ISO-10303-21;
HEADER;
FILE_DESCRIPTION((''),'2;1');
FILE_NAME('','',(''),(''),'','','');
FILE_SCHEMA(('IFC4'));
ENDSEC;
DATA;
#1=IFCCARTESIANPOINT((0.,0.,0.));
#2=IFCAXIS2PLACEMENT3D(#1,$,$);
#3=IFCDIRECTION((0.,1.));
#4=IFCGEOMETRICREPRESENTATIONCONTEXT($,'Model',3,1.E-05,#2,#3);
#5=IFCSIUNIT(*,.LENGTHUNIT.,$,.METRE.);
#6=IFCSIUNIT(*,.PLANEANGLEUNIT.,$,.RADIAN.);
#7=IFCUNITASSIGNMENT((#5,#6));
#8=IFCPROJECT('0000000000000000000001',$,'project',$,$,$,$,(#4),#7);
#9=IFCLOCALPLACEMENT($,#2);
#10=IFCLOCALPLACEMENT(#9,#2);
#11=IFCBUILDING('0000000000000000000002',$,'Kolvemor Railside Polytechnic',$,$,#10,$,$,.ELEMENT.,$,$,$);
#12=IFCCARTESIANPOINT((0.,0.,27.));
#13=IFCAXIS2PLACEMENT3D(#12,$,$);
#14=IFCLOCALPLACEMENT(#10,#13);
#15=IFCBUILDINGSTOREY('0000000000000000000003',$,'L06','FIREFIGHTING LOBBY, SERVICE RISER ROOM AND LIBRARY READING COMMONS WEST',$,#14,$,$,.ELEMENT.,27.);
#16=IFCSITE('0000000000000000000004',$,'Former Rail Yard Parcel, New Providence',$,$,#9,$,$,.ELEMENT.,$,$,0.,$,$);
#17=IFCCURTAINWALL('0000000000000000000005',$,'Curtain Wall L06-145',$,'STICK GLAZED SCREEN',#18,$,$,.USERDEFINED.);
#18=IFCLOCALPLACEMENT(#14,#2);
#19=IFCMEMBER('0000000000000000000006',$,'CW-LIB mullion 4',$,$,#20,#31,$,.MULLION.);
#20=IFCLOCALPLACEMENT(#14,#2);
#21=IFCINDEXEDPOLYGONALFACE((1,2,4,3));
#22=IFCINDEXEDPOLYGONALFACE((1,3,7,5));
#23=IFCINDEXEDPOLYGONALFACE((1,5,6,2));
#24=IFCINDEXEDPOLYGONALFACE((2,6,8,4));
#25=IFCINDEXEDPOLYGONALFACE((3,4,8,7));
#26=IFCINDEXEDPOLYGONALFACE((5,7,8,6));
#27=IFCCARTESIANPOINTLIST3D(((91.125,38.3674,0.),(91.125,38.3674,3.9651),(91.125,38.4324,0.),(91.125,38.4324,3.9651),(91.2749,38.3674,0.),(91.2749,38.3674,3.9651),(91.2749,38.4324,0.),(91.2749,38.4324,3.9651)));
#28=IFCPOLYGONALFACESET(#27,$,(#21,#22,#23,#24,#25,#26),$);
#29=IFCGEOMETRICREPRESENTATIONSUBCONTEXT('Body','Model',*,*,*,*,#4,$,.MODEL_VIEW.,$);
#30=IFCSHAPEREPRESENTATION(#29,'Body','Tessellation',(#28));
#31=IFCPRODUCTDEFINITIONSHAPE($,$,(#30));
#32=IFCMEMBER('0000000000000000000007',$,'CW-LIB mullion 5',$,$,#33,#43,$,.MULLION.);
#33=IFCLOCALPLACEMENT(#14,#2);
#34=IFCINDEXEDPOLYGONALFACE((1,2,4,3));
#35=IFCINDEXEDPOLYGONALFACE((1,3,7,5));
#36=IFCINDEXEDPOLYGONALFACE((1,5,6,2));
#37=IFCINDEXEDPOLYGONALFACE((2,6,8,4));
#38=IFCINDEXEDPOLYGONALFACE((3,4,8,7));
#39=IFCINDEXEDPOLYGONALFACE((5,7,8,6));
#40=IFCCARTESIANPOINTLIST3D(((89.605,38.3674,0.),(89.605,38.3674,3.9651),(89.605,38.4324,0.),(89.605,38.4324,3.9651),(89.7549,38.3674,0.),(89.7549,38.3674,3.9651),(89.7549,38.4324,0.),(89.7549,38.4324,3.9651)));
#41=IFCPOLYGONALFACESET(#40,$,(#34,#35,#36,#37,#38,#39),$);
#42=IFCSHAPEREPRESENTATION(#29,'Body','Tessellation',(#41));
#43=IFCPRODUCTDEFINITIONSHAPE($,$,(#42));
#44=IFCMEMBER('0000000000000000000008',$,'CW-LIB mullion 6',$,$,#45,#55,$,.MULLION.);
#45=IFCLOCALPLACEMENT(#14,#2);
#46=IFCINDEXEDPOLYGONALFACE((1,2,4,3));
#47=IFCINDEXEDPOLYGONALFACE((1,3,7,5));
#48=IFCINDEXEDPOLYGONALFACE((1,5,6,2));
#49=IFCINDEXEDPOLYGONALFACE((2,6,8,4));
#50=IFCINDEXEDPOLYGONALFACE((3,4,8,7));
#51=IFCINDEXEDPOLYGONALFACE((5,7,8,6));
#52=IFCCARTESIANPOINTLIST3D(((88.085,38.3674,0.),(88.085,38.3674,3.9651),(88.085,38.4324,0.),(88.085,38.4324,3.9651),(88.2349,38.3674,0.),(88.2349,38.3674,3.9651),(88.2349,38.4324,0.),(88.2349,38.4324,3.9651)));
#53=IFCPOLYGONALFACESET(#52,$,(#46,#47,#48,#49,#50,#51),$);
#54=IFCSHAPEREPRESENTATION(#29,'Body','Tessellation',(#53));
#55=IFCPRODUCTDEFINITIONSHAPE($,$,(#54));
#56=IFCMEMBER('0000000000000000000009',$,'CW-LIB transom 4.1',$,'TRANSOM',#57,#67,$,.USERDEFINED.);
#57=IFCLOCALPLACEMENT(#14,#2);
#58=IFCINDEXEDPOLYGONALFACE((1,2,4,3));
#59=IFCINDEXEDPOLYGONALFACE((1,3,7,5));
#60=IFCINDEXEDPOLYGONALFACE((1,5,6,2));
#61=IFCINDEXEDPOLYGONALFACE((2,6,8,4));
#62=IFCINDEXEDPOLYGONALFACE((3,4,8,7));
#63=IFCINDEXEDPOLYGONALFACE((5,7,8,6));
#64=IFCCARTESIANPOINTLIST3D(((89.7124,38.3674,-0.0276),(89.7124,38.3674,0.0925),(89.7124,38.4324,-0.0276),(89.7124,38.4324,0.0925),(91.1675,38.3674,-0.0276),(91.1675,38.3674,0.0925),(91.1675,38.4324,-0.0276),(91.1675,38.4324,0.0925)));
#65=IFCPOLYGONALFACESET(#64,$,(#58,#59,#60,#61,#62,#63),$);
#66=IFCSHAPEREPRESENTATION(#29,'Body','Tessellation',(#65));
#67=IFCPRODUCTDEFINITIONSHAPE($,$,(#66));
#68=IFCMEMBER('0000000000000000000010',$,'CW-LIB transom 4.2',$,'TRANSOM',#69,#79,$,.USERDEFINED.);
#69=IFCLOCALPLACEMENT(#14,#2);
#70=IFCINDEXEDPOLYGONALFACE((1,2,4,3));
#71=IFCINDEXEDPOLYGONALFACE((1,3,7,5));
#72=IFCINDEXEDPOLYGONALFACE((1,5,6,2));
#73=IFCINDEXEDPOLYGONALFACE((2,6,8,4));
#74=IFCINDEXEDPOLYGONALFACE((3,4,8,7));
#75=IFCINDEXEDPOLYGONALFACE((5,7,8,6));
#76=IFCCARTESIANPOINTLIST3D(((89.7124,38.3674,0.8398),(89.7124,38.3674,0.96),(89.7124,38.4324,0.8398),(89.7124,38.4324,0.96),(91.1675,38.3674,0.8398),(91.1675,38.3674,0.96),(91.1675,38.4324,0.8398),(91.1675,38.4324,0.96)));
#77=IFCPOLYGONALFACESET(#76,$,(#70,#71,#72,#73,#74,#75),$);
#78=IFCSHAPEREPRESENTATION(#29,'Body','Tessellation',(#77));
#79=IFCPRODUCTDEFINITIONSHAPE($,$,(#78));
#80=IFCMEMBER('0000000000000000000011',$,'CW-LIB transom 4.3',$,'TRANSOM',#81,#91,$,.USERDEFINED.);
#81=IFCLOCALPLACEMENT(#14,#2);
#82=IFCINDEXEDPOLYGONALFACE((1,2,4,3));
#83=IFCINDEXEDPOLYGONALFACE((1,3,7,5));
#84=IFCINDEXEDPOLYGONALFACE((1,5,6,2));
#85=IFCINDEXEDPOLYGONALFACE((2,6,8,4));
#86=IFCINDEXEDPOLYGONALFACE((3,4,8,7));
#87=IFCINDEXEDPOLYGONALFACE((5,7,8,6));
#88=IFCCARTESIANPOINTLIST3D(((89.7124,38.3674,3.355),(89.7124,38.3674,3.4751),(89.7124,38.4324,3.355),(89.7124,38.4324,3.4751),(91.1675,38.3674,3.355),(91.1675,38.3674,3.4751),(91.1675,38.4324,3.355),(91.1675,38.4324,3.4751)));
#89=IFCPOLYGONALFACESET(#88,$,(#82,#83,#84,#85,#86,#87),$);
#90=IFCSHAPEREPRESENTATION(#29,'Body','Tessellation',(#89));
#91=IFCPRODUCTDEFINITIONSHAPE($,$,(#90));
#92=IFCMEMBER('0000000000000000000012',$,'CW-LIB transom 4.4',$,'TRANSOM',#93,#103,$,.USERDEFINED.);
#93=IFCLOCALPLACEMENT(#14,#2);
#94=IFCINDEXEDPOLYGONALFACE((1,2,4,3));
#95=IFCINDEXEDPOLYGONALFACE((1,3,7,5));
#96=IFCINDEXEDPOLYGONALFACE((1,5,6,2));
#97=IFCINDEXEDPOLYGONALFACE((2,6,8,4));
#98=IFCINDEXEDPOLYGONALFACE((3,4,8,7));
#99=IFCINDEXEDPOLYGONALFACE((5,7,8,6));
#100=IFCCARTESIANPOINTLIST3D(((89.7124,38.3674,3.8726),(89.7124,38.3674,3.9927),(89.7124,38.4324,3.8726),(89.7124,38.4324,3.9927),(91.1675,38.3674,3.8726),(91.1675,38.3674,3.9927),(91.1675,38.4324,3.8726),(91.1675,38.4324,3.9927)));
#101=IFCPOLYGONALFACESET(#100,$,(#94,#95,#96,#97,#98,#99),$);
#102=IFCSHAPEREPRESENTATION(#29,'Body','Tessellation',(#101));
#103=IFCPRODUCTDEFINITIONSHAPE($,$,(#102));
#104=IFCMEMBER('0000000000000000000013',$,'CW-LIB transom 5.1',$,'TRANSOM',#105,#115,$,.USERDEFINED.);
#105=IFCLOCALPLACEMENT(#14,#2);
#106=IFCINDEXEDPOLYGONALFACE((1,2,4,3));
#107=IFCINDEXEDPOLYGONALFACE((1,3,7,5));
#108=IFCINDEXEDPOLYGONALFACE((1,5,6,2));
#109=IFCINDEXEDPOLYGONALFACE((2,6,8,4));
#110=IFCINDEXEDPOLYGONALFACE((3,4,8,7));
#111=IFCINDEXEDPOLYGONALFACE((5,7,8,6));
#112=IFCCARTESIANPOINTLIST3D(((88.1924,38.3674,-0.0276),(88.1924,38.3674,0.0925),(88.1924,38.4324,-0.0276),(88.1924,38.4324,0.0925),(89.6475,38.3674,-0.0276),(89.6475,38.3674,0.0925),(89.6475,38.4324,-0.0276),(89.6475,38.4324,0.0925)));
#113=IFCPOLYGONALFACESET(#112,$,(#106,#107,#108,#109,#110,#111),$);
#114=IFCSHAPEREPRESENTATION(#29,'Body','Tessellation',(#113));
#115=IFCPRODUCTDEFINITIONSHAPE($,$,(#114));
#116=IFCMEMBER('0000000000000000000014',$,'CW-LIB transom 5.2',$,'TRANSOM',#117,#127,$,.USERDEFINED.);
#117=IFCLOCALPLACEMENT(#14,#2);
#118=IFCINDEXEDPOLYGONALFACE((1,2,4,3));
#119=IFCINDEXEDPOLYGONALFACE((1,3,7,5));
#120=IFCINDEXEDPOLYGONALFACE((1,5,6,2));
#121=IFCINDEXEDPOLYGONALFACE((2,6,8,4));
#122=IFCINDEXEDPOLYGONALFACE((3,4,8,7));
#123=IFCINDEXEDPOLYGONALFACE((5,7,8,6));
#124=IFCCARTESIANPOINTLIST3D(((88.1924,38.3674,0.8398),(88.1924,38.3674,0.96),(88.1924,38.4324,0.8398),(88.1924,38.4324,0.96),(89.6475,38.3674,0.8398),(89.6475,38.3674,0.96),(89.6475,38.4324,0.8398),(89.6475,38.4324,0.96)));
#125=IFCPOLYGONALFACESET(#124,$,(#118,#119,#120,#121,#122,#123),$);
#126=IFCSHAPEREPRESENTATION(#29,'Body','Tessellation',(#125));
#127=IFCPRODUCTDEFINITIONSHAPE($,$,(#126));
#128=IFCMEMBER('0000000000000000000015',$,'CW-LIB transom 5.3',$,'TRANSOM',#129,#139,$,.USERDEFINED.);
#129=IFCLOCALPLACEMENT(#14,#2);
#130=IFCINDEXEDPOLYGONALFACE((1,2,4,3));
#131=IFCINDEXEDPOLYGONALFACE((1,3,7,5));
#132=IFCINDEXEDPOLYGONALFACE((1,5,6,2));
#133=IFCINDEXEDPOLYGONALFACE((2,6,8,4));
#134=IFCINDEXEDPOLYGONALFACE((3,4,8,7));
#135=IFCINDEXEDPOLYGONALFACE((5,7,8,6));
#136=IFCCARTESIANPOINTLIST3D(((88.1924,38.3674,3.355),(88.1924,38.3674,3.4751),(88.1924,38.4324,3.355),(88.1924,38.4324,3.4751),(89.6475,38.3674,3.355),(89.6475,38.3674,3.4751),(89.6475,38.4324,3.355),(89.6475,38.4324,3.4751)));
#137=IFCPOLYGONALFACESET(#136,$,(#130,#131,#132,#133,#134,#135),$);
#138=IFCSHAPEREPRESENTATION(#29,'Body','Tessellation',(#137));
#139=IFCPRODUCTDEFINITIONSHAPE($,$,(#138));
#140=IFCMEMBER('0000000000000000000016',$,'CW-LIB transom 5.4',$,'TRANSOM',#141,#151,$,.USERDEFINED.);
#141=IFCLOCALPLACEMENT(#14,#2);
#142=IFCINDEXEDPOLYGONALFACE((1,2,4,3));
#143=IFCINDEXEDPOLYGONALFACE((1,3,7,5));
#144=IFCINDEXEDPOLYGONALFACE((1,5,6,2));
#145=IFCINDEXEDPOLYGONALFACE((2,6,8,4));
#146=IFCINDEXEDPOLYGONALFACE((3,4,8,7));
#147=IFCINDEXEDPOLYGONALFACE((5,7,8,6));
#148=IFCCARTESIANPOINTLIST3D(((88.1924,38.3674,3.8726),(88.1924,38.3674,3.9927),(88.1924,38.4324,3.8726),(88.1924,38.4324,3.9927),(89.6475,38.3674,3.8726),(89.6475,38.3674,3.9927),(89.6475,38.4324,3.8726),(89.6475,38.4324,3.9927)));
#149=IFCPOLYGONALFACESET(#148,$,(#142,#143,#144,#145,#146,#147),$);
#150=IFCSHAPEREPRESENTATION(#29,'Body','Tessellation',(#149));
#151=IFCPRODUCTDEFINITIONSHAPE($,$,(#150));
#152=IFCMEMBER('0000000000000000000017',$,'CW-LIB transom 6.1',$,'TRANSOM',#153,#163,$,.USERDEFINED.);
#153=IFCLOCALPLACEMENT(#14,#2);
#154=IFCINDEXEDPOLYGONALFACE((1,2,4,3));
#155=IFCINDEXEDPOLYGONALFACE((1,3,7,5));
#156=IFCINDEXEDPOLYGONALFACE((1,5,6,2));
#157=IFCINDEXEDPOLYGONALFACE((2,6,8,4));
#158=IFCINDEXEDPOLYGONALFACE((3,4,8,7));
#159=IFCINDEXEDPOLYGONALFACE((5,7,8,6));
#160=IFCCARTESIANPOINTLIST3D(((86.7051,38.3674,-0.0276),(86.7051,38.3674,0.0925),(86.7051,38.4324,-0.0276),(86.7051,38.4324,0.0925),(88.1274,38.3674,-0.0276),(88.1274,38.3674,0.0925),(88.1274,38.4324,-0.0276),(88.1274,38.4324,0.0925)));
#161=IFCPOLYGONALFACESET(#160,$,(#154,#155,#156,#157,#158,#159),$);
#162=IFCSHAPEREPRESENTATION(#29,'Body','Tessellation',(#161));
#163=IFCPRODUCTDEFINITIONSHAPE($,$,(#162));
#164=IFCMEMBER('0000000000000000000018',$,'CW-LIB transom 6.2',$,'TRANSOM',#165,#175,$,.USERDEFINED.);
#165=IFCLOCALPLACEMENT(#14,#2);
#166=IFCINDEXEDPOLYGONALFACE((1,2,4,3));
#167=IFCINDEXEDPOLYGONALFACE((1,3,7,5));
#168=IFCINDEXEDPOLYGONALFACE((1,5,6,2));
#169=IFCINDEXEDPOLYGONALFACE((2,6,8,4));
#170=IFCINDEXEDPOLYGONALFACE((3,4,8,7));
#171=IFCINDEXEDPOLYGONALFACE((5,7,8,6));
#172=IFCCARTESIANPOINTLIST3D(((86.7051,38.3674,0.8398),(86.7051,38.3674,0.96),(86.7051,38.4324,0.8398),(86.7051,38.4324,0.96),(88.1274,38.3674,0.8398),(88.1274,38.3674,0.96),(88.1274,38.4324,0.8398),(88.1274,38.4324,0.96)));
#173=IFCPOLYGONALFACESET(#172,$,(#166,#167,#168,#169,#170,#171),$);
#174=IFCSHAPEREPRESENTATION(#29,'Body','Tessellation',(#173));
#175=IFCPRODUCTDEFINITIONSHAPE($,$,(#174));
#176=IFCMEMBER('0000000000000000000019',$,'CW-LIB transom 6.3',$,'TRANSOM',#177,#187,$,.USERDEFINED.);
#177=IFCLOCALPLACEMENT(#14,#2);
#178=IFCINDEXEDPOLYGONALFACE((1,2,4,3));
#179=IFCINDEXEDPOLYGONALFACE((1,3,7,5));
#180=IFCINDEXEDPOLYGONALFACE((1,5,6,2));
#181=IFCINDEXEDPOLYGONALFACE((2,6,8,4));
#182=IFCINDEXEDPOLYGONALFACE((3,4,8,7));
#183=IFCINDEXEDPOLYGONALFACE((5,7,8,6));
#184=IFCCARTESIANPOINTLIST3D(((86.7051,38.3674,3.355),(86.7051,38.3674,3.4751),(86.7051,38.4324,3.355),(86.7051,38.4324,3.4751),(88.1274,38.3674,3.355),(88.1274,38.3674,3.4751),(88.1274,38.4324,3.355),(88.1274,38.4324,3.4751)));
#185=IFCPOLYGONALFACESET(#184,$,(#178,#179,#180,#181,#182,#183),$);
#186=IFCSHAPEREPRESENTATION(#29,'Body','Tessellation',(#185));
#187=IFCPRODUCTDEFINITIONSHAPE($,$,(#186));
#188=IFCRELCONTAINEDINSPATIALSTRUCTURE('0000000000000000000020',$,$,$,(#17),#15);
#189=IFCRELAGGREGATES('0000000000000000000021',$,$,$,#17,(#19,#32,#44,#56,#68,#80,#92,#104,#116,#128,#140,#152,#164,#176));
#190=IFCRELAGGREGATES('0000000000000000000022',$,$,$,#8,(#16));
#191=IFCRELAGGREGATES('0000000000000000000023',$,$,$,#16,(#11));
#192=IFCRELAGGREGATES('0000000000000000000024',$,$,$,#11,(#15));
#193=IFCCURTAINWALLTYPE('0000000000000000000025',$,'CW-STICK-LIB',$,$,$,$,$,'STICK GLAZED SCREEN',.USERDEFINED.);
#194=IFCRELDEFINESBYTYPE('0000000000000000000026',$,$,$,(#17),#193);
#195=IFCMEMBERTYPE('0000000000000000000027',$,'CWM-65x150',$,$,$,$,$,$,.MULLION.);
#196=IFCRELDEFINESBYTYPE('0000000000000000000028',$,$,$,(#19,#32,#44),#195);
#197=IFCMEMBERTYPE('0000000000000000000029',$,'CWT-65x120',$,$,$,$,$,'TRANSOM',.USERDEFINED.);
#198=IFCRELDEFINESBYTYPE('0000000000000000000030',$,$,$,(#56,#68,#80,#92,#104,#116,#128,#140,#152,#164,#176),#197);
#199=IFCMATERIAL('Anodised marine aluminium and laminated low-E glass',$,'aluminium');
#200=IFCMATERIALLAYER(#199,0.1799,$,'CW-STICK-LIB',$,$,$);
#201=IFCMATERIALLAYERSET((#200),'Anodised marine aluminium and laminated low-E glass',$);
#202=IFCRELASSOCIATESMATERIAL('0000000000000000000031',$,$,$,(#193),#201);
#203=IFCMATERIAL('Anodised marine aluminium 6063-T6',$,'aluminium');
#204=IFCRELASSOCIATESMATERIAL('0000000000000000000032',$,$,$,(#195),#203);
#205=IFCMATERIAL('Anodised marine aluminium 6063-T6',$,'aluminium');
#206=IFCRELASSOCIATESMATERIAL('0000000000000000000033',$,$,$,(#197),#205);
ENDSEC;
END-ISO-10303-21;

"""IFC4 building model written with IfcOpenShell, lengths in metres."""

from ifc_helpers import new_model, si_unit, direction, frame, origin, origin_2d, place, context, subcontext, project, spatial, rectangle, extrude, material, layer, layer_set, material_profile, profile_set, type_object, element, aggregate, save


model = new_model("IFC4")

# Units and contexts
model_context = context("Model", 3, precision=1e-05, world=origin(), true_north=direction((0.0, 1.0)))
body_context = subcontext(model_context, "Body", "Model", "MODEL_VIEW")
ifc_project = project(units=[si_unit("LENGTHUNIT", "METRE"), si_unit("PLANEANGLEUNIT", "RADIAN")], contexts=[model_context])

# Site, building, storey
site_placement = place(None, origin())
site = spatial("IfcSite", under=ifc_project, at=site_placement, Name="Former Rail Yard Parcel, New Providence", CompositionType="ELEMENT", RefElevation=0.0)
building_placement = place(site_placement, origin())
building = spatial("IfcBuilding", under=site, at=building_placement, Name="Kolvemor Railside Polytechnic", CompositionType="ELEMENT")
storey_placement = place(building_placement, frame((0.0, 0.0, 27.0)))
storey = spatial("IfcBuildingStorey", under=building, at=storey_placement, Name="L06", Description="FIREFIGHTING LOBBY, SERVICE RISER ROOM AND LIBRARY READING COMMONS WEST", CompositionType="ELEMENT", Elevation=27.0)

# Curtain wall, members
ifc_material_1 = material(Name="Anodised marine aluminium and laminated low-E glass", Category="aluminium")
ifc_layer_1 = layer(ifc_material_1, 0.1799, Name="CW-STICK-LIB")
ifc_layer_set_1 = layer_set([ifc_layer_1], Name="Anodised marine aluminium and laminated low-E glass")
curtain_wall_type = type_object("IfcCurtainWallType", Name="CW-STICK-LIB", ElementType="STICK GLAZED SCREEN", PredefinedType="USERDEFINED", material=ifc_layer_set_1)
curtain_wall_placement = place(storey_placement, origin())
curtain_wall = element("IfcCurtainWall", 1, at=curtain_wall_placement, inside=storey, type_object=curtain_wall_type, Name="Curtain Wall L06-145", ObjectType="STICK GLAZED SCREEN", PredefinedType="USERDEFINED")
ifc_material_2 = material(Name="Anodised marine aluminium 6063-T6", Category="aluminium")
ifc_material_profile_1 = material_profile(ifc_material_2, rectangle(XDim=0.0649, YDim=0.1499, at=origin_2d()), Name="CW-MUL-65x150")
ifc_profile_set_1 = profile_set([ifc_material_profile_1], Name="Anodised marine aluminium 6063-T6")
member_type_1 = type_object("IfcMemberType", Name="CWM-65x150", PredefinedType="MULLION", material=ifc_profile_set_1)
member_1_placement = place(storey_placement, frame((91.2, 38.3999, 0.0), z_axis=(0.0, 0.0, 1.0), x_axis=(0.0, -1.0, 0.0)))
member_1 = element("IfcMember", 2, at=member_1_placement, type_object=member_type_1, Name="CW-LIB mullion 4", PredefinedType="MULLION", context=body_context, shape_type="SweptSolid", body=[
    extrude(rectangle(XDim=0.0649, YDim=0.1499, at=origin_2d()), origin(), (0.0, 0.0, 1.0), 3.9651),
])
member_2_placement = place(storey_placement, frame((89.6799, 38.3999, 0.0), z_axis=(0.0, 0.0, 1.0), x_axis=(0.0, -1.0, 0.0)))
member_2 = element("IfcMember", 3, at=member_2_placement, type_object=member_type_1, Name="CW-LIB mullion 5", PredefinedType="MULLION", context=body_context, shape_type="SweptSolid", body=[
    extrude(rectangle(XDim=0.0649, YDim=0.1499, at=origin_2d()), origin(), (0.0, 0.0, 1.0), 3.9651),
])
member_3_placement = place(storey_placement, frame((88.1599, 38.3999, 0.0), z_axis=(0.0, 0.0, 1.0), x_axis=(0.0, -1.0, 0.0)))
member_3 = element("IfcMember", 4, at=member_3_placement, type_object=member_type_1, Name="CW-LIB mullion 6", PredefinedType="MULLION", context=body_context, shape_type="SweptSolid", body=[
    extrude(rectangle(XDim=0.0649, YDim=0.1499, at=origin_2d()), origin(), (0.0, 0.0, 1.0), 3.9651),
])
ifc_material_3 = material(Name="Anodised marine aluminium 6063-T6", Category="aluminium")
ifc_material_profile_2 = material_profile(ifc_material_3, rectangle(XDim=0.0649, YDim=0.1201, at=origin_2d()), Name="CW-TRN-65x120")
ifc_profile_set_2 = profile_set([ifc_material_profile_2], Name="Anodised marine aluminium 6063-T6")
member_type_2 = type_object("IfcMemberType", Name="CWT-65x120", ElementType="TRANSOM", PredefinedType="USERDEFINED", material=ifc_profile_set_2)
member_4_placement = place(storey_placement, frame((91.1675, 38.3999, 0.0325), z_axis=(-1.0, 0.0, 0.0), x_axis=(0.0, -1.0, 0.0)))
member_4 = element("IfcMember", 5, at=member_4_placement, type_object=member_type_2, Name="CW-LIB transom 4.1", ObjectType="TRANSOM", PredefinedType="USERDEFINED", context=body_context, shape_type="SweptSolid", body=[
    extrude(rectangle(XDim=0.0649, YDim=0.1201, at=origin_2d()), origin(), (0.0, 0.0, 1.0), 1.4551),
])
member_5_placement = place(storey_placement, frame((91.1675, 38.3999, 0.8999), z_axis=(-1.0, 0.0, 0.0), x_axis=(0.0, -1.0, 0.0)))
member_5 = element("IfcMember", 6, at=member_5_placement, type_object=member_type_2, Name="CW-LIB transom 4.2", ObjectType="TRANSOM", PredefinedType="USERDEFINED", context=body_context, shape_type="SweptSolid", body=[
    extrude(rectangle(XDim=0.0649, YDim=0.1201, at=origin_2d()), origin(), (0.0, 0.0, 1.0), 1.4551),
])
member_6_placement = place(storey_placement, frame((91.1675, 38.3999, 3.415), z_axis=(-1.0, 0.0, 0.0), x_axis=(0.0, -1.0, 0.0)))
member_6 = element("IfcMember", 7, at=member_6_placement, type_object=member_type_2, Name="CW-LIB transom 4.3", ObjectType="TRANSOM", PredefinedType="USERDEFINED", context=body_context, shape_type="SweptSolid", body=[
    extrude(rectangle(XDim=0.0649, YDim=0.1201, at=origin_2d()), origin(), (0.0, 0.0, 1.0), 1.4551),
])
member_7_placement = place(storey_placement, frame((91.1675, 38.3999, 3.9326), z_axis=(-1.0, 0.0, 0.0), x_axis=(0.0, -1.0, 0.0)))
member_7 = element("IfcMember", 8, at=member_7_placement, type_object=member_type_2, Name="CW-LIB transom 4.4", ObjectType="TRANSOM", PredefinedType="USERDEFINED", context=body_context, shape_type="SweptSolid", body=[
    extrude(rectangle(XDim=0.0649, YDim=0.1201, at=origin_2d()), origin(), (0.0, 0.0, 1.0), 1.4551),
])
member_8_placement = place(storey_placement, frame((89.6475, 38.3999, 0.0325), z_axis=(-1.0, 0.0, 0.0), x_axis=(0.0, -1.0, 0.0)))
member_8 = element("IfcMember", 9, at=member_8_placement, type_object=member_type_2, Name="CW-LIB transom 5.1", ObjectType="TRANSOM", PredefinedType="USERDEFINED", context=body_context, shape_type="SweptSolid", body=[
    extrude(rectangle(XDim=0.0649, YDim=0.1201, at=origin_2d()), origin(), (0.0, 0.0, 1.0), 1.4551),
])
member_9_placement = place(storey_placement, frame((89.6475, 38.3999, 0.8999), z_axis=(-1.0, 0.0, 0.0), x_axis=(0.0, -1.0, 0.0)))
member_9 = element("IfcMember", 10, at=member_9_placement, type_object=member_type_2, Name="CW-LIB transom 5.2", ObjectType="TRANSOM", PredefinedType="USERDEFINED", context=body_context, shape_type="SweptSolid", body=[
    extrude(rectangle(XDim=0.0649, YDim=0.1201, at=origin_2d()), origin(), (0.0, 0.0, 1.0), 1.4551),
])
member_10_placement = place(storey_placement, frame((89.6475, 38.3999, 3.415), z_axis=(-1.0, 0.0, 0.0), x_axis=(0.0, -1.0, 0.0)))
member_10 = element("IfcMember", 11, at=member_10_placement, type_object=member_type_2, Name="CW-LIB transom 5.3", ObjectType="TRANSOM", PredefinedType="USERDEFINED", context=body_context, shape_type="SweptSolid", body=[
    extrude(rectangle(XDim=0.0649, YDim=0.1201, at=origin_2d()), origin(), (0.0, 0.0, 1.0), 1.4551),
])
member_11_placement = place(storey_placement, frame((89.6475, 38.3999, 3.9326), z_axis=(-1.0, 0.0, 0.0), x_axis=(0.0, -1.0, 0.0)))
member_11 = element("IfcMember", 12, at=member_11_placement, type_object=member_type_2, Name="CW-LIB transom 5.4", ObjectType="TRANSOM", PredefinedType="USERDEFINED", context=body_context, shape_type="SweptSolid", body=[
    extrude(rectangle(XDim=0.0649, YDim=0.1201, at=origin_2d()), origin(), (0.0, 0.0, 1.0), 1.4551),
])
member_12_placement = place(storey_placement, frame((88.1274, 38.3999, 0.0325), z_axis=(-1.0, 0.0, 0.0), x_axis=(0.0, -1.0, 0.0)))
member_12 = element("IfcMember", 13, at=member_12_placement, type_object=member_type_2, Name="CW-LIB transom 6.1", ObjectType="TRANSOM", PredefinedType="USERDEFINED", context=body_context, shape_type="SweptSolid", body=[
    extrude(rectangle(XDim=0.0649, YDim=0.1201, at=origin_2d()), origin(), (0.0, 0.0, 1.0), 1.4224),
])
member_13_placement = place(storey_placement, frame((88.1274, 38.3999, 0.8999), z_axis=(-1.0, 0.0, 0.0), x_axis=(0.0, -1.0, 0.0)))
member_13 = element("IfcMember", 14, at=member_13_placement, type_object=member_type_2, Name="CW-LIB transom 6.2", ObjectType="TRANSOM", PredefinedType="USERDEFINED", context=body_context, shape_type="SweptSolid", body=[
    extrude(rectangle(XDim=0.0649, YDim=0.1201, at=origin_2d()), origin(), (0.0, 0.0, 1.0), 1.4224),
])
member_14_placement = place(storey_placement, frame((88.1274, 38.3999, 3.415), z_axis=(-1.0, 0.0, 0.0), x_axis=(0.0, -1.0, 0.0)))
member_14 = element("IfcMember", 15, at=member_14_placement, type_object=member_type_2, Name="CW-LIB transom 6.3", ObjectType="TRANSOM", PredefinedType="USERDEFINED", context=body_context, shape_type="SweptSolid", body=[
    extrude(rectangle(XDim=0.0649, YDim=0.1201, at=origin_2d()), origin(), (0.0, 0.0, 1.0), 1.4224),
])
aggregate(curtain_wall, [member_1, member_2, member_3, member_4, member_5, member_6, member_7, member_8, member_9, member_10, member_11, member_12, member_13, member_14])

save(model, "model.ifc")
